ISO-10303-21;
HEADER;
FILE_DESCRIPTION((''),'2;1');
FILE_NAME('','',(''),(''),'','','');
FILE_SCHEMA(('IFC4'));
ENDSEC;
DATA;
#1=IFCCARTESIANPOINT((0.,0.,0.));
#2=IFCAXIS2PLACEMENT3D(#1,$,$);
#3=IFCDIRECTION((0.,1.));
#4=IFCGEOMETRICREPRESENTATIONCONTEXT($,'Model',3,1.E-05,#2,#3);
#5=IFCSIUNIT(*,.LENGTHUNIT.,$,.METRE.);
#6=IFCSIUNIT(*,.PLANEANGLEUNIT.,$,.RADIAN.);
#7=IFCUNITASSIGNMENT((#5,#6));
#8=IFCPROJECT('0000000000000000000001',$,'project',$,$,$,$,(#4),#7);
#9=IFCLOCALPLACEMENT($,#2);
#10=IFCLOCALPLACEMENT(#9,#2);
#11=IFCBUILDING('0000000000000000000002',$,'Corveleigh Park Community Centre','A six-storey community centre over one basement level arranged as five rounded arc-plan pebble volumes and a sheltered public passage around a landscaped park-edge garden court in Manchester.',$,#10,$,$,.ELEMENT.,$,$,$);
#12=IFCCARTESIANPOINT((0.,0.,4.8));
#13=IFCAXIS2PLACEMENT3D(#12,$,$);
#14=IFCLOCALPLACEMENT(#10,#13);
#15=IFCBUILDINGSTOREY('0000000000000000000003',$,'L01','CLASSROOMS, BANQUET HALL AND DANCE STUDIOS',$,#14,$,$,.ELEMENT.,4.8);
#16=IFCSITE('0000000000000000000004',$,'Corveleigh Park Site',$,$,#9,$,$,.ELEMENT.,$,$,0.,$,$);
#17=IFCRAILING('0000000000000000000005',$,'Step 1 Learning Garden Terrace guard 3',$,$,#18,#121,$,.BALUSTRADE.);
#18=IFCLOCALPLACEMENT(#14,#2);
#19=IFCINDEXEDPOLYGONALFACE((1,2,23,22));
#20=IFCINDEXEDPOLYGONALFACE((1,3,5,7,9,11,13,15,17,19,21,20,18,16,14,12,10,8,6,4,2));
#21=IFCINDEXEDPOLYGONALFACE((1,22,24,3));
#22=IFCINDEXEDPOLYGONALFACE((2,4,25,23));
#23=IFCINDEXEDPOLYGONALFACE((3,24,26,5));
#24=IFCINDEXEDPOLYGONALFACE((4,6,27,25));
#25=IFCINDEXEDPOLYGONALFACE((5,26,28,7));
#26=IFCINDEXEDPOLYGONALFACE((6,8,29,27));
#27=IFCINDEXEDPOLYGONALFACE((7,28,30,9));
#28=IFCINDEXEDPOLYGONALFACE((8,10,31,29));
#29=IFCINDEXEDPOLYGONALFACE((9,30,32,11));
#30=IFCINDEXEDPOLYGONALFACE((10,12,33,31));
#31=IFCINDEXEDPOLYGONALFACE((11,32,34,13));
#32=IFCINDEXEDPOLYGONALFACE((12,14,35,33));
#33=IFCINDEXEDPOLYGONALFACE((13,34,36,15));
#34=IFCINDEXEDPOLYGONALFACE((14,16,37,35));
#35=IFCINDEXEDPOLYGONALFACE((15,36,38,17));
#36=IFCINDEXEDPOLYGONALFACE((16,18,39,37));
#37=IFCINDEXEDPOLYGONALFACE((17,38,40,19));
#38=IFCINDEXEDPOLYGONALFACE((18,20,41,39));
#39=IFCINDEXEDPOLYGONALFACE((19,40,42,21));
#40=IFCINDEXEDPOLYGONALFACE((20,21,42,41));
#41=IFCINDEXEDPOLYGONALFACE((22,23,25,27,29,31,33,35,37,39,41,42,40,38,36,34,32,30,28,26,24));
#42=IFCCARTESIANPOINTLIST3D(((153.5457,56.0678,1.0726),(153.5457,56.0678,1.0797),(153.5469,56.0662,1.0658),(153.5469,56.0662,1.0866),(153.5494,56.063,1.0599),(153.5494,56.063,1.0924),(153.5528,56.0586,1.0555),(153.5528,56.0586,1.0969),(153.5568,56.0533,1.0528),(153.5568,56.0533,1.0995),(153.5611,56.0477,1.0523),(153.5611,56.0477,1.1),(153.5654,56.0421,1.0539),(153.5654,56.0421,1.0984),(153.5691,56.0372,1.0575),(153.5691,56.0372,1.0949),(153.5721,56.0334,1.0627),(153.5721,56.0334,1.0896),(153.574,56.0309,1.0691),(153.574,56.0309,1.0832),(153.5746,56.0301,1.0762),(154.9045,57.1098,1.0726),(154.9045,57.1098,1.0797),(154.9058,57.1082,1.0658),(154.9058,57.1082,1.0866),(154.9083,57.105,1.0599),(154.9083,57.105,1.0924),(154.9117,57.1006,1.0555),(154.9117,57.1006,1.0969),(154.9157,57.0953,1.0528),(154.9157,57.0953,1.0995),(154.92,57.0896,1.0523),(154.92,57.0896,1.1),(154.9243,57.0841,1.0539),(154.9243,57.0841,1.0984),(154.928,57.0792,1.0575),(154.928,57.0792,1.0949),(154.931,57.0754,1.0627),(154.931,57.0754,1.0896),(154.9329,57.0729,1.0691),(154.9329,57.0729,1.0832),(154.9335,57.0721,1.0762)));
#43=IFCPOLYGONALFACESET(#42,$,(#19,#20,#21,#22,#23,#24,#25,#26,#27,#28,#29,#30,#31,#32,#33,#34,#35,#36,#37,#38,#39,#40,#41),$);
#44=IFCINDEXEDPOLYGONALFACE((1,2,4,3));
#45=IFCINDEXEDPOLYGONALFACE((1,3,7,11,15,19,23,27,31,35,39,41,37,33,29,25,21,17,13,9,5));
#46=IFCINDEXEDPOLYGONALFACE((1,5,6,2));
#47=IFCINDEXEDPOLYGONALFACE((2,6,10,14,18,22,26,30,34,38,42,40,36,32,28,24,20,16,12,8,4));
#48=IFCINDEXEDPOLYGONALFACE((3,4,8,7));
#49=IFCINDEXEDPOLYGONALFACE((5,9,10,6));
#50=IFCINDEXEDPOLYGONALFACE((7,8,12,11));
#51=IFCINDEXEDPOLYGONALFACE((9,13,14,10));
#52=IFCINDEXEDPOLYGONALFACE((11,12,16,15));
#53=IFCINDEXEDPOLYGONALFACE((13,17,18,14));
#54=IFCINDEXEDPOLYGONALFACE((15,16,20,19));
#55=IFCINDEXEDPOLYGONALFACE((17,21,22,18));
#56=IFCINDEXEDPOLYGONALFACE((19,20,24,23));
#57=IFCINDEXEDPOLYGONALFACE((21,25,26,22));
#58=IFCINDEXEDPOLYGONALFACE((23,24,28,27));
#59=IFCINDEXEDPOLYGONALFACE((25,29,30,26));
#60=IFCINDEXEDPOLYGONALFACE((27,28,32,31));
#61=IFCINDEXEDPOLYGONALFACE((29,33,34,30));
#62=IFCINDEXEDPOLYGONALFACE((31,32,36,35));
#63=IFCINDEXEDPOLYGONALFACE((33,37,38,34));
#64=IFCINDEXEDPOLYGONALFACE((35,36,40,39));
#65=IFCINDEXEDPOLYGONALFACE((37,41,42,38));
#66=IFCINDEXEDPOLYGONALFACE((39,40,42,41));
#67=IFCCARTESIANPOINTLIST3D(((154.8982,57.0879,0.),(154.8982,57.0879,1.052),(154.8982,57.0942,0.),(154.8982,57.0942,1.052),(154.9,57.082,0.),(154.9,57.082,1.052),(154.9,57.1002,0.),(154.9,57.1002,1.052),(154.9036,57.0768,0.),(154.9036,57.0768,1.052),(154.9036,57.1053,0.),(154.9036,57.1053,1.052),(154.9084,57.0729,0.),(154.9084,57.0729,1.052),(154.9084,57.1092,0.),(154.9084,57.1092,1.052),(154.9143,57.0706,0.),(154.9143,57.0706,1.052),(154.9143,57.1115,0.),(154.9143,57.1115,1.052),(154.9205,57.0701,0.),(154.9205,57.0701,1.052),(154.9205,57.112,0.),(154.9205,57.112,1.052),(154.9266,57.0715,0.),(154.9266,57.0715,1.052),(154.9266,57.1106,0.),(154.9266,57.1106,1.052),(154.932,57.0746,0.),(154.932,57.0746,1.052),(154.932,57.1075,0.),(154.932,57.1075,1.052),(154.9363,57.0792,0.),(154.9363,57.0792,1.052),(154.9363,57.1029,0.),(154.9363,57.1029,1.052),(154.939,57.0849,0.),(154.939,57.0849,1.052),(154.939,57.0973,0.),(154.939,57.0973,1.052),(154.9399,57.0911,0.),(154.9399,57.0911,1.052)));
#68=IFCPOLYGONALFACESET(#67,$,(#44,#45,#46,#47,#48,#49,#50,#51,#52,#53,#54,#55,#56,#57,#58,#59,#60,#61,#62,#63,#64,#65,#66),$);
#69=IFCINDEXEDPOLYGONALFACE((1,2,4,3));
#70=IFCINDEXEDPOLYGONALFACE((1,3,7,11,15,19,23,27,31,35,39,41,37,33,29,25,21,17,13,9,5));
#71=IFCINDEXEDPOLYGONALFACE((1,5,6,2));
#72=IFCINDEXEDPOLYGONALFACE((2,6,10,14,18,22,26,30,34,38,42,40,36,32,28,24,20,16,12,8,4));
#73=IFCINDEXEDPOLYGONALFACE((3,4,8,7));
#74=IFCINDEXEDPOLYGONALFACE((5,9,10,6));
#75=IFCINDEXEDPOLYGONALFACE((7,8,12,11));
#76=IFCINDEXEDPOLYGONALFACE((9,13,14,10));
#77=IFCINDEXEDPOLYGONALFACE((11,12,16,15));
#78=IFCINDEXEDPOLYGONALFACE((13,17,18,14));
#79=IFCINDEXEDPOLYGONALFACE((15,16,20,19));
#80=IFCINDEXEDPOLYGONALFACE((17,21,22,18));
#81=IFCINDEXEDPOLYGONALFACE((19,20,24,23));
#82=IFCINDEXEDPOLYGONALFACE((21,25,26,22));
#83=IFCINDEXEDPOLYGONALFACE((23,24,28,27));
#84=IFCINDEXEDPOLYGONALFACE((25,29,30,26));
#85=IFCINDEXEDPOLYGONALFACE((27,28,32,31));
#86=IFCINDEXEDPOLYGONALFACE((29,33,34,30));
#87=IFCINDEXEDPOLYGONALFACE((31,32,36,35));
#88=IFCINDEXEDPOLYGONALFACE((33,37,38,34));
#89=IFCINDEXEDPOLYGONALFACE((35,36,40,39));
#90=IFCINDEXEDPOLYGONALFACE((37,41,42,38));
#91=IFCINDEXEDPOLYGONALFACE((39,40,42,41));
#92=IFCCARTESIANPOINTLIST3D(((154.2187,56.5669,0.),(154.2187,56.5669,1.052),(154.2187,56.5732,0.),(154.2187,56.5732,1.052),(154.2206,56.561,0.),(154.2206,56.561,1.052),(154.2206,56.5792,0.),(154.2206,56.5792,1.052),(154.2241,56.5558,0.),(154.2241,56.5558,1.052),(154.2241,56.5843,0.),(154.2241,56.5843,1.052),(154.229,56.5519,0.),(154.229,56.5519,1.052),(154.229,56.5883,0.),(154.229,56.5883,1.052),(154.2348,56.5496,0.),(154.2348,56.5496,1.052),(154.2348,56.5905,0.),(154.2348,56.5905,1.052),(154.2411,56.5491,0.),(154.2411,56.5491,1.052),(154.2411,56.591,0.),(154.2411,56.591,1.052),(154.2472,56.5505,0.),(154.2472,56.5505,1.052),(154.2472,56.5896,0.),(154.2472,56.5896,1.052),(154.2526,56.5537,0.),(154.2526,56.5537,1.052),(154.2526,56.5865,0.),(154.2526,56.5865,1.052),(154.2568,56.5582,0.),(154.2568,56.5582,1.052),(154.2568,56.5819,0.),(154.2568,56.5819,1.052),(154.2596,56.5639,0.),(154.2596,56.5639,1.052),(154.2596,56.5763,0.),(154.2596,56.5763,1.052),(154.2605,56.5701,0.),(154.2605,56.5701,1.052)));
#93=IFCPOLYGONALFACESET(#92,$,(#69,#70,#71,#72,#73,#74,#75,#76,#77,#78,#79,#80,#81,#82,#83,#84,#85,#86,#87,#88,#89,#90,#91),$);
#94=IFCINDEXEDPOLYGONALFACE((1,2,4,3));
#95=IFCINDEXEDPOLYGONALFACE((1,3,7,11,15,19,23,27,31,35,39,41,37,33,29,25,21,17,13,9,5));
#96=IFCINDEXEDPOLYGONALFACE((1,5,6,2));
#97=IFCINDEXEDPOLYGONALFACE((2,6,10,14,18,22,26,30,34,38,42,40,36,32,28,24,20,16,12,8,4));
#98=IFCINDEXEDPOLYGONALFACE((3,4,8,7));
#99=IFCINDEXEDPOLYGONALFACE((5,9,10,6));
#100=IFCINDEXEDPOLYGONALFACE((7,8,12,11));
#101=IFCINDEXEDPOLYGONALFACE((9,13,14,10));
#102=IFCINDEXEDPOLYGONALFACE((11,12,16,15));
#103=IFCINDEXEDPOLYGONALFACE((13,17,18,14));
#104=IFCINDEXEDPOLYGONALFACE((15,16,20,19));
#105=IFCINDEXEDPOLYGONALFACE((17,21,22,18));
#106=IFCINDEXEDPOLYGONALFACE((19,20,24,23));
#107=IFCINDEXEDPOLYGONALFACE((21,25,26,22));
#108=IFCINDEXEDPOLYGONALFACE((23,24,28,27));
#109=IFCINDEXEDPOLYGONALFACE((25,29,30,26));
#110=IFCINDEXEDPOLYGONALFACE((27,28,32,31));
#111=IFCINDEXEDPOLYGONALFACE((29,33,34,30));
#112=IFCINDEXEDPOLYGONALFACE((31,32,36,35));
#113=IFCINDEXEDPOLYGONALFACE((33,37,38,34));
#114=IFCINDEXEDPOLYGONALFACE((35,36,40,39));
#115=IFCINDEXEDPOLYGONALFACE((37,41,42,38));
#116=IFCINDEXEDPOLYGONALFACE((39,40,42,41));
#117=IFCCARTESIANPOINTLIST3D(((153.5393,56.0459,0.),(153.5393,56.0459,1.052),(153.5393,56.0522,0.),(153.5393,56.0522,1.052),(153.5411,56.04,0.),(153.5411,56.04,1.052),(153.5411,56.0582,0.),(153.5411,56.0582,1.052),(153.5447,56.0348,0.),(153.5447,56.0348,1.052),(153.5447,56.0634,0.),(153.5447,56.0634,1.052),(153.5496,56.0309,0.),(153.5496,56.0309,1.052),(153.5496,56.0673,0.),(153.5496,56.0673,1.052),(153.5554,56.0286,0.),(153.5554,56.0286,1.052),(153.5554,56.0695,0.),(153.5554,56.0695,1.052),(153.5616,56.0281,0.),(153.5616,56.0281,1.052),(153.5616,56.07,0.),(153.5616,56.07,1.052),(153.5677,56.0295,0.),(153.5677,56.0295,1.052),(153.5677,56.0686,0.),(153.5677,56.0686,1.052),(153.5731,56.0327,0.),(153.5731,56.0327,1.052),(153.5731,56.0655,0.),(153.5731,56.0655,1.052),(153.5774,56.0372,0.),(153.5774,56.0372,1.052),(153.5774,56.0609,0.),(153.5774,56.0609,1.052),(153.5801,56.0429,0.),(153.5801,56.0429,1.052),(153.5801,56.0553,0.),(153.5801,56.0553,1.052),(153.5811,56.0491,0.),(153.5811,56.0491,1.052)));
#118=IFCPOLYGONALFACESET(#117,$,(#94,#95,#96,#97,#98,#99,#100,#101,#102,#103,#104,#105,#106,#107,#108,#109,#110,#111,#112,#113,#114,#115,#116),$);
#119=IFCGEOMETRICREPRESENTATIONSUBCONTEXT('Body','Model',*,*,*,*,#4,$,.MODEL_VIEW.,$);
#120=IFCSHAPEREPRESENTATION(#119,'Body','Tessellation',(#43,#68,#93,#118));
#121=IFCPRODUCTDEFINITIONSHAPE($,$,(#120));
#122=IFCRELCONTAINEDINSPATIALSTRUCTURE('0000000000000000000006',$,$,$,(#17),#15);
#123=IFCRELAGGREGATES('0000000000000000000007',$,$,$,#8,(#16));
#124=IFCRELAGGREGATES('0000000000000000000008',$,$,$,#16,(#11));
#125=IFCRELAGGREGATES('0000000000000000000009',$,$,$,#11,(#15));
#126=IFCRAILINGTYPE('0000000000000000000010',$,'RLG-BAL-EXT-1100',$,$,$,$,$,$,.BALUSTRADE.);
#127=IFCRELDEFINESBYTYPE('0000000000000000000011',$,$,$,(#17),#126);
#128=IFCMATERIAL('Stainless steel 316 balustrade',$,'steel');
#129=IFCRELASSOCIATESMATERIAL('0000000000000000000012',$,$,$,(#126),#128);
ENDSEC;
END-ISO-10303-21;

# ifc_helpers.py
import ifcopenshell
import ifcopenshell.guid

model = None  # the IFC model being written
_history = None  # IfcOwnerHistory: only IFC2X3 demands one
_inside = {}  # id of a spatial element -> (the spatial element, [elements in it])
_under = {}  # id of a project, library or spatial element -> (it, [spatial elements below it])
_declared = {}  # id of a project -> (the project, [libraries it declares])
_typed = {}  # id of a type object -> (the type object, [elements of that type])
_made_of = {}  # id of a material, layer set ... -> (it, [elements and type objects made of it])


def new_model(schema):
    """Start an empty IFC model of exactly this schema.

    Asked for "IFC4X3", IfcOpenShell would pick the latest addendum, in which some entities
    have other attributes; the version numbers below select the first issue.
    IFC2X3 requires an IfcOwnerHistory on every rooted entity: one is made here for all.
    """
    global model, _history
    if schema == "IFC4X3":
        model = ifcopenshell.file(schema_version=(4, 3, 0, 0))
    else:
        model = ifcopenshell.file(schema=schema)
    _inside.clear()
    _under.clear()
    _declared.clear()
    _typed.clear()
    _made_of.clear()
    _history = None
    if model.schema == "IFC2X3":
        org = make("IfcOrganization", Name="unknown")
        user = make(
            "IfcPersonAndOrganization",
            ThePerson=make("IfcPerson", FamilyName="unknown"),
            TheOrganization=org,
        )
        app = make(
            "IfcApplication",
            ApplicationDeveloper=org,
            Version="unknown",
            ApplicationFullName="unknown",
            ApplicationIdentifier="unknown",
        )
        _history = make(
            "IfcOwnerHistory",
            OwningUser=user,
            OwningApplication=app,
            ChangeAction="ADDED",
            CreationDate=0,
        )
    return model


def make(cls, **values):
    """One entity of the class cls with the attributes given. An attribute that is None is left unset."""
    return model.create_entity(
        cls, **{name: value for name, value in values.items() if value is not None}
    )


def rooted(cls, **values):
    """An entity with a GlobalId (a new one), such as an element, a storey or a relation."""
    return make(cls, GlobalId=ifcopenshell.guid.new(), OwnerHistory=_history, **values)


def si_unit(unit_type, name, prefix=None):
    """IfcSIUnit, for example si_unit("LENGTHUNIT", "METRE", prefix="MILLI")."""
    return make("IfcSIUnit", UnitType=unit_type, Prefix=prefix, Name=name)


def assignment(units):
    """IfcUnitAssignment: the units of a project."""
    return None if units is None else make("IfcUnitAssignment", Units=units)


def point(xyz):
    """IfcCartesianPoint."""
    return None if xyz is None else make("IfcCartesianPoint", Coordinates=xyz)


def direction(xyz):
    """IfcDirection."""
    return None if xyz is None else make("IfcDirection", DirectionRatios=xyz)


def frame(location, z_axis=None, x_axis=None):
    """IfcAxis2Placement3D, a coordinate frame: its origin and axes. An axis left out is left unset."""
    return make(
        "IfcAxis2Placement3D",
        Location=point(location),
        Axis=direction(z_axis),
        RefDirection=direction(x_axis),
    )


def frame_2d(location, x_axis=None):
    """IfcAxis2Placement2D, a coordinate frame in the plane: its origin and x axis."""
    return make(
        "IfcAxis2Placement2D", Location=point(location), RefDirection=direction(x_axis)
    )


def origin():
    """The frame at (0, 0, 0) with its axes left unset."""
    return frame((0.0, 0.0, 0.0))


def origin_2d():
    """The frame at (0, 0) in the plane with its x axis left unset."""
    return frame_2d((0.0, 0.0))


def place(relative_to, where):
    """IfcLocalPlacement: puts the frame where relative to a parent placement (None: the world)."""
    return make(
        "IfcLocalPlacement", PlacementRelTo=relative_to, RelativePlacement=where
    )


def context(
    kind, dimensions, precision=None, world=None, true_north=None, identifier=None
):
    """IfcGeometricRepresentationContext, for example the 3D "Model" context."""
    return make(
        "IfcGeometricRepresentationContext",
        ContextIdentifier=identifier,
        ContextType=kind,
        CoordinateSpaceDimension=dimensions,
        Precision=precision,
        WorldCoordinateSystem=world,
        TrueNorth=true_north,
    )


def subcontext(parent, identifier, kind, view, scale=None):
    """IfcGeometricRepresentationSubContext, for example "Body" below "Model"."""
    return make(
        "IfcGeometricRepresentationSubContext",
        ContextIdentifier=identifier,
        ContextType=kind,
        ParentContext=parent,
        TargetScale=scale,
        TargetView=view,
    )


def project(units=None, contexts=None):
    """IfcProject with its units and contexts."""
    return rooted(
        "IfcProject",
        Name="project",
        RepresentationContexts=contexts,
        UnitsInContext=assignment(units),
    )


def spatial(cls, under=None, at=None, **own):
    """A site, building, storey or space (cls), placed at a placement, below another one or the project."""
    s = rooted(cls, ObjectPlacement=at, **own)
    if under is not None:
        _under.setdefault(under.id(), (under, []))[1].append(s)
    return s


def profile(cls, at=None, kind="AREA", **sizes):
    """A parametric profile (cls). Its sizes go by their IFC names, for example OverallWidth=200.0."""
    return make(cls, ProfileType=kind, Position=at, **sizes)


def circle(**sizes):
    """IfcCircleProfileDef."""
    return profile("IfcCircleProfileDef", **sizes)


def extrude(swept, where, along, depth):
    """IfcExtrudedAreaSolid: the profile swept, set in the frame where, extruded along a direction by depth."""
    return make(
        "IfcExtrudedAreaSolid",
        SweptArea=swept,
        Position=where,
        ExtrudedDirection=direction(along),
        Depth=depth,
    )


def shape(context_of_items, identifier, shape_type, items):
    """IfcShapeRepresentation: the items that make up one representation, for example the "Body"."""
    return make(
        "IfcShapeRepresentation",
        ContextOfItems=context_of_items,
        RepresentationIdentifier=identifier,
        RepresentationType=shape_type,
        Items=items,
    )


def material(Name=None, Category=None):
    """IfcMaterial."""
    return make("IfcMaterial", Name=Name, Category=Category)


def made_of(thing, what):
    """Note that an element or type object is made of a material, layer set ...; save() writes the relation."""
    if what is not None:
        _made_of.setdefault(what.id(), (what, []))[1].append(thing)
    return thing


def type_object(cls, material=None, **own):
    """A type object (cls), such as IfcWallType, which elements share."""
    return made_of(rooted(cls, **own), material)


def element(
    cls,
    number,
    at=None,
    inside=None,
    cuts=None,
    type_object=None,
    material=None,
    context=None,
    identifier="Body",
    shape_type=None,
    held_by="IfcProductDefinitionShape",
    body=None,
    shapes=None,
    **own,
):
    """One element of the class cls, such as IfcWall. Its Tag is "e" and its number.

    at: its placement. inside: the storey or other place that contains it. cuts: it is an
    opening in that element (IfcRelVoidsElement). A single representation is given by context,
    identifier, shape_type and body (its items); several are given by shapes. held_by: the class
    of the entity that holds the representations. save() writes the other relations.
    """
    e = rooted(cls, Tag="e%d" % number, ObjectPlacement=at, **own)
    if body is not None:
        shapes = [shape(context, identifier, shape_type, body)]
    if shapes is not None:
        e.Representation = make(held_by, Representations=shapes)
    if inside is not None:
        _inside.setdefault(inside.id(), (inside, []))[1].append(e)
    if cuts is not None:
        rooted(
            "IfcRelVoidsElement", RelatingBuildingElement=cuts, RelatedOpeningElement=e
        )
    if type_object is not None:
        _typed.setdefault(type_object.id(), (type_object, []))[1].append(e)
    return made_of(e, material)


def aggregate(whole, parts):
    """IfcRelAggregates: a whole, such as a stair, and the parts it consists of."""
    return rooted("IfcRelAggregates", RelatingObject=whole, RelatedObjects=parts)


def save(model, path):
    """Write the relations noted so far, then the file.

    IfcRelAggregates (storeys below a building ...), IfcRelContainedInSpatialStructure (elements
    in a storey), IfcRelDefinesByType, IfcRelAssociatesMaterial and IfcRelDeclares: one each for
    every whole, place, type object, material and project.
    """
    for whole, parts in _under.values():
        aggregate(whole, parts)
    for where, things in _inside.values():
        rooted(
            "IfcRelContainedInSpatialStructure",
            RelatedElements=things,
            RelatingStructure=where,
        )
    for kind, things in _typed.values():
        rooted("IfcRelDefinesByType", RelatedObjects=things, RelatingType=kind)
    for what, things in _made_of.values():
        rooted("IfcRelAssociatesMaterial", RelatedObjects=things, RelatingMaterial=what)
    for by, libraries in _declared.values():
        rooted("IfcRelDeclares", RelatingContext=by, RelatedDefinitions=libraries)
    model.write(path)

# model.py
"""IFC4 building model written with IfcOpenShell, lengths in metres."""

from ifc_helpers import new_model, si_unit, direction, frame, origin, origin_2d, place, context, subcontext, project, spatial, circle, extrude, material, type_object, element, save


model = new_model("IFC4")

# Units and contexts
model_context = context("Model", 3, precision=1e-05, world=origin(), true_north=direction((0.0, 1.0)))
body_context = subcontext(model_context, "Body", "Model", "MODEL_VIEW")
ifc_project = project(units=[si_unit("LENGTHUNIT", "METRE"), si_unit("PLANEANGLEUNIT", "RADIAN")], contexts=[model_context])

# Site, building, storey
site_placement = place(None, origin())
site = spatial("IfcSite", under=ifc_project, at=site_placement, Name="Corveleigh Park Site", CompositionType="ELEMENT", RefElevation=0.0)
building_placement = place(site_placement, origin())
building = spatial("IfcBuilding", under=site, at=building_placement, Name="Corveleigh Park Community Centre", Description="A six-storey community centre over one basement level arranged as five rounded arc-plan pebble volumes and a sheltered public passage around a landscaped park-edge garden court in Manchester.", CompositionType="ELEMENT")
storey_placement = place(building_placement, frame((0.0, 0.0, 4.8)))
storey = spatial("IfcBuildingStorey", under=building, at=storey_placement, Name="L01", Description="CLASSROOMS, BANQUET HALL AND DANCE STUDIOS", CompositionType="ELEMENT", Elevation=4.8)

# Railing
ifc_material_1 = material(Name="Stainless steel 316 balustrade", Category="steel")
railing_type_1 = type_object("IfcRailingType", Name="RLG-BAL-EXT-1100", PredefinedType="BALUSTRADE", material=ifc_material_1)
railing_1_placement = place(storey_placement, frame((154.9189, 57.0911, 0.0)))
element("IfcRailing", 1, at=railing_1_placement, inside=storey, type_object=railing_type_1, Name="Step 1 Learning Garden Terrace guard 3", PredefinedType="BALUSTRADE", context=body_context, shape_type="SweptSolid", body=[
    extrude(circle(Radius=0.0239, at=origin_2d()), frame((0.0, 0.0, 1.0762), z_axis=(-0.793556, -0.608497, 0.0), x_axis=(0.608497, -0.793556, 0.0)), (0.0, 0.0, 1.0), 1.7124),
    extrude(circle(Radius=0.021, at=origin_2d()), origin(), (0.0, 0.0, 1.0), 1.052),
    extrude(circle(Radius=0.021, at=origin_2d()), frame((-0.6794, -0.521, 0.0)), (0.0, 0.0, 1.0), 1.052),
    extrude(circle(Radius=0.021, at=origin_2d()), frame((-1.3589, -1.042, 0.0)), (0.0, 0.0, 1.0), 1.052),
])

save(model, "model.ifc")
